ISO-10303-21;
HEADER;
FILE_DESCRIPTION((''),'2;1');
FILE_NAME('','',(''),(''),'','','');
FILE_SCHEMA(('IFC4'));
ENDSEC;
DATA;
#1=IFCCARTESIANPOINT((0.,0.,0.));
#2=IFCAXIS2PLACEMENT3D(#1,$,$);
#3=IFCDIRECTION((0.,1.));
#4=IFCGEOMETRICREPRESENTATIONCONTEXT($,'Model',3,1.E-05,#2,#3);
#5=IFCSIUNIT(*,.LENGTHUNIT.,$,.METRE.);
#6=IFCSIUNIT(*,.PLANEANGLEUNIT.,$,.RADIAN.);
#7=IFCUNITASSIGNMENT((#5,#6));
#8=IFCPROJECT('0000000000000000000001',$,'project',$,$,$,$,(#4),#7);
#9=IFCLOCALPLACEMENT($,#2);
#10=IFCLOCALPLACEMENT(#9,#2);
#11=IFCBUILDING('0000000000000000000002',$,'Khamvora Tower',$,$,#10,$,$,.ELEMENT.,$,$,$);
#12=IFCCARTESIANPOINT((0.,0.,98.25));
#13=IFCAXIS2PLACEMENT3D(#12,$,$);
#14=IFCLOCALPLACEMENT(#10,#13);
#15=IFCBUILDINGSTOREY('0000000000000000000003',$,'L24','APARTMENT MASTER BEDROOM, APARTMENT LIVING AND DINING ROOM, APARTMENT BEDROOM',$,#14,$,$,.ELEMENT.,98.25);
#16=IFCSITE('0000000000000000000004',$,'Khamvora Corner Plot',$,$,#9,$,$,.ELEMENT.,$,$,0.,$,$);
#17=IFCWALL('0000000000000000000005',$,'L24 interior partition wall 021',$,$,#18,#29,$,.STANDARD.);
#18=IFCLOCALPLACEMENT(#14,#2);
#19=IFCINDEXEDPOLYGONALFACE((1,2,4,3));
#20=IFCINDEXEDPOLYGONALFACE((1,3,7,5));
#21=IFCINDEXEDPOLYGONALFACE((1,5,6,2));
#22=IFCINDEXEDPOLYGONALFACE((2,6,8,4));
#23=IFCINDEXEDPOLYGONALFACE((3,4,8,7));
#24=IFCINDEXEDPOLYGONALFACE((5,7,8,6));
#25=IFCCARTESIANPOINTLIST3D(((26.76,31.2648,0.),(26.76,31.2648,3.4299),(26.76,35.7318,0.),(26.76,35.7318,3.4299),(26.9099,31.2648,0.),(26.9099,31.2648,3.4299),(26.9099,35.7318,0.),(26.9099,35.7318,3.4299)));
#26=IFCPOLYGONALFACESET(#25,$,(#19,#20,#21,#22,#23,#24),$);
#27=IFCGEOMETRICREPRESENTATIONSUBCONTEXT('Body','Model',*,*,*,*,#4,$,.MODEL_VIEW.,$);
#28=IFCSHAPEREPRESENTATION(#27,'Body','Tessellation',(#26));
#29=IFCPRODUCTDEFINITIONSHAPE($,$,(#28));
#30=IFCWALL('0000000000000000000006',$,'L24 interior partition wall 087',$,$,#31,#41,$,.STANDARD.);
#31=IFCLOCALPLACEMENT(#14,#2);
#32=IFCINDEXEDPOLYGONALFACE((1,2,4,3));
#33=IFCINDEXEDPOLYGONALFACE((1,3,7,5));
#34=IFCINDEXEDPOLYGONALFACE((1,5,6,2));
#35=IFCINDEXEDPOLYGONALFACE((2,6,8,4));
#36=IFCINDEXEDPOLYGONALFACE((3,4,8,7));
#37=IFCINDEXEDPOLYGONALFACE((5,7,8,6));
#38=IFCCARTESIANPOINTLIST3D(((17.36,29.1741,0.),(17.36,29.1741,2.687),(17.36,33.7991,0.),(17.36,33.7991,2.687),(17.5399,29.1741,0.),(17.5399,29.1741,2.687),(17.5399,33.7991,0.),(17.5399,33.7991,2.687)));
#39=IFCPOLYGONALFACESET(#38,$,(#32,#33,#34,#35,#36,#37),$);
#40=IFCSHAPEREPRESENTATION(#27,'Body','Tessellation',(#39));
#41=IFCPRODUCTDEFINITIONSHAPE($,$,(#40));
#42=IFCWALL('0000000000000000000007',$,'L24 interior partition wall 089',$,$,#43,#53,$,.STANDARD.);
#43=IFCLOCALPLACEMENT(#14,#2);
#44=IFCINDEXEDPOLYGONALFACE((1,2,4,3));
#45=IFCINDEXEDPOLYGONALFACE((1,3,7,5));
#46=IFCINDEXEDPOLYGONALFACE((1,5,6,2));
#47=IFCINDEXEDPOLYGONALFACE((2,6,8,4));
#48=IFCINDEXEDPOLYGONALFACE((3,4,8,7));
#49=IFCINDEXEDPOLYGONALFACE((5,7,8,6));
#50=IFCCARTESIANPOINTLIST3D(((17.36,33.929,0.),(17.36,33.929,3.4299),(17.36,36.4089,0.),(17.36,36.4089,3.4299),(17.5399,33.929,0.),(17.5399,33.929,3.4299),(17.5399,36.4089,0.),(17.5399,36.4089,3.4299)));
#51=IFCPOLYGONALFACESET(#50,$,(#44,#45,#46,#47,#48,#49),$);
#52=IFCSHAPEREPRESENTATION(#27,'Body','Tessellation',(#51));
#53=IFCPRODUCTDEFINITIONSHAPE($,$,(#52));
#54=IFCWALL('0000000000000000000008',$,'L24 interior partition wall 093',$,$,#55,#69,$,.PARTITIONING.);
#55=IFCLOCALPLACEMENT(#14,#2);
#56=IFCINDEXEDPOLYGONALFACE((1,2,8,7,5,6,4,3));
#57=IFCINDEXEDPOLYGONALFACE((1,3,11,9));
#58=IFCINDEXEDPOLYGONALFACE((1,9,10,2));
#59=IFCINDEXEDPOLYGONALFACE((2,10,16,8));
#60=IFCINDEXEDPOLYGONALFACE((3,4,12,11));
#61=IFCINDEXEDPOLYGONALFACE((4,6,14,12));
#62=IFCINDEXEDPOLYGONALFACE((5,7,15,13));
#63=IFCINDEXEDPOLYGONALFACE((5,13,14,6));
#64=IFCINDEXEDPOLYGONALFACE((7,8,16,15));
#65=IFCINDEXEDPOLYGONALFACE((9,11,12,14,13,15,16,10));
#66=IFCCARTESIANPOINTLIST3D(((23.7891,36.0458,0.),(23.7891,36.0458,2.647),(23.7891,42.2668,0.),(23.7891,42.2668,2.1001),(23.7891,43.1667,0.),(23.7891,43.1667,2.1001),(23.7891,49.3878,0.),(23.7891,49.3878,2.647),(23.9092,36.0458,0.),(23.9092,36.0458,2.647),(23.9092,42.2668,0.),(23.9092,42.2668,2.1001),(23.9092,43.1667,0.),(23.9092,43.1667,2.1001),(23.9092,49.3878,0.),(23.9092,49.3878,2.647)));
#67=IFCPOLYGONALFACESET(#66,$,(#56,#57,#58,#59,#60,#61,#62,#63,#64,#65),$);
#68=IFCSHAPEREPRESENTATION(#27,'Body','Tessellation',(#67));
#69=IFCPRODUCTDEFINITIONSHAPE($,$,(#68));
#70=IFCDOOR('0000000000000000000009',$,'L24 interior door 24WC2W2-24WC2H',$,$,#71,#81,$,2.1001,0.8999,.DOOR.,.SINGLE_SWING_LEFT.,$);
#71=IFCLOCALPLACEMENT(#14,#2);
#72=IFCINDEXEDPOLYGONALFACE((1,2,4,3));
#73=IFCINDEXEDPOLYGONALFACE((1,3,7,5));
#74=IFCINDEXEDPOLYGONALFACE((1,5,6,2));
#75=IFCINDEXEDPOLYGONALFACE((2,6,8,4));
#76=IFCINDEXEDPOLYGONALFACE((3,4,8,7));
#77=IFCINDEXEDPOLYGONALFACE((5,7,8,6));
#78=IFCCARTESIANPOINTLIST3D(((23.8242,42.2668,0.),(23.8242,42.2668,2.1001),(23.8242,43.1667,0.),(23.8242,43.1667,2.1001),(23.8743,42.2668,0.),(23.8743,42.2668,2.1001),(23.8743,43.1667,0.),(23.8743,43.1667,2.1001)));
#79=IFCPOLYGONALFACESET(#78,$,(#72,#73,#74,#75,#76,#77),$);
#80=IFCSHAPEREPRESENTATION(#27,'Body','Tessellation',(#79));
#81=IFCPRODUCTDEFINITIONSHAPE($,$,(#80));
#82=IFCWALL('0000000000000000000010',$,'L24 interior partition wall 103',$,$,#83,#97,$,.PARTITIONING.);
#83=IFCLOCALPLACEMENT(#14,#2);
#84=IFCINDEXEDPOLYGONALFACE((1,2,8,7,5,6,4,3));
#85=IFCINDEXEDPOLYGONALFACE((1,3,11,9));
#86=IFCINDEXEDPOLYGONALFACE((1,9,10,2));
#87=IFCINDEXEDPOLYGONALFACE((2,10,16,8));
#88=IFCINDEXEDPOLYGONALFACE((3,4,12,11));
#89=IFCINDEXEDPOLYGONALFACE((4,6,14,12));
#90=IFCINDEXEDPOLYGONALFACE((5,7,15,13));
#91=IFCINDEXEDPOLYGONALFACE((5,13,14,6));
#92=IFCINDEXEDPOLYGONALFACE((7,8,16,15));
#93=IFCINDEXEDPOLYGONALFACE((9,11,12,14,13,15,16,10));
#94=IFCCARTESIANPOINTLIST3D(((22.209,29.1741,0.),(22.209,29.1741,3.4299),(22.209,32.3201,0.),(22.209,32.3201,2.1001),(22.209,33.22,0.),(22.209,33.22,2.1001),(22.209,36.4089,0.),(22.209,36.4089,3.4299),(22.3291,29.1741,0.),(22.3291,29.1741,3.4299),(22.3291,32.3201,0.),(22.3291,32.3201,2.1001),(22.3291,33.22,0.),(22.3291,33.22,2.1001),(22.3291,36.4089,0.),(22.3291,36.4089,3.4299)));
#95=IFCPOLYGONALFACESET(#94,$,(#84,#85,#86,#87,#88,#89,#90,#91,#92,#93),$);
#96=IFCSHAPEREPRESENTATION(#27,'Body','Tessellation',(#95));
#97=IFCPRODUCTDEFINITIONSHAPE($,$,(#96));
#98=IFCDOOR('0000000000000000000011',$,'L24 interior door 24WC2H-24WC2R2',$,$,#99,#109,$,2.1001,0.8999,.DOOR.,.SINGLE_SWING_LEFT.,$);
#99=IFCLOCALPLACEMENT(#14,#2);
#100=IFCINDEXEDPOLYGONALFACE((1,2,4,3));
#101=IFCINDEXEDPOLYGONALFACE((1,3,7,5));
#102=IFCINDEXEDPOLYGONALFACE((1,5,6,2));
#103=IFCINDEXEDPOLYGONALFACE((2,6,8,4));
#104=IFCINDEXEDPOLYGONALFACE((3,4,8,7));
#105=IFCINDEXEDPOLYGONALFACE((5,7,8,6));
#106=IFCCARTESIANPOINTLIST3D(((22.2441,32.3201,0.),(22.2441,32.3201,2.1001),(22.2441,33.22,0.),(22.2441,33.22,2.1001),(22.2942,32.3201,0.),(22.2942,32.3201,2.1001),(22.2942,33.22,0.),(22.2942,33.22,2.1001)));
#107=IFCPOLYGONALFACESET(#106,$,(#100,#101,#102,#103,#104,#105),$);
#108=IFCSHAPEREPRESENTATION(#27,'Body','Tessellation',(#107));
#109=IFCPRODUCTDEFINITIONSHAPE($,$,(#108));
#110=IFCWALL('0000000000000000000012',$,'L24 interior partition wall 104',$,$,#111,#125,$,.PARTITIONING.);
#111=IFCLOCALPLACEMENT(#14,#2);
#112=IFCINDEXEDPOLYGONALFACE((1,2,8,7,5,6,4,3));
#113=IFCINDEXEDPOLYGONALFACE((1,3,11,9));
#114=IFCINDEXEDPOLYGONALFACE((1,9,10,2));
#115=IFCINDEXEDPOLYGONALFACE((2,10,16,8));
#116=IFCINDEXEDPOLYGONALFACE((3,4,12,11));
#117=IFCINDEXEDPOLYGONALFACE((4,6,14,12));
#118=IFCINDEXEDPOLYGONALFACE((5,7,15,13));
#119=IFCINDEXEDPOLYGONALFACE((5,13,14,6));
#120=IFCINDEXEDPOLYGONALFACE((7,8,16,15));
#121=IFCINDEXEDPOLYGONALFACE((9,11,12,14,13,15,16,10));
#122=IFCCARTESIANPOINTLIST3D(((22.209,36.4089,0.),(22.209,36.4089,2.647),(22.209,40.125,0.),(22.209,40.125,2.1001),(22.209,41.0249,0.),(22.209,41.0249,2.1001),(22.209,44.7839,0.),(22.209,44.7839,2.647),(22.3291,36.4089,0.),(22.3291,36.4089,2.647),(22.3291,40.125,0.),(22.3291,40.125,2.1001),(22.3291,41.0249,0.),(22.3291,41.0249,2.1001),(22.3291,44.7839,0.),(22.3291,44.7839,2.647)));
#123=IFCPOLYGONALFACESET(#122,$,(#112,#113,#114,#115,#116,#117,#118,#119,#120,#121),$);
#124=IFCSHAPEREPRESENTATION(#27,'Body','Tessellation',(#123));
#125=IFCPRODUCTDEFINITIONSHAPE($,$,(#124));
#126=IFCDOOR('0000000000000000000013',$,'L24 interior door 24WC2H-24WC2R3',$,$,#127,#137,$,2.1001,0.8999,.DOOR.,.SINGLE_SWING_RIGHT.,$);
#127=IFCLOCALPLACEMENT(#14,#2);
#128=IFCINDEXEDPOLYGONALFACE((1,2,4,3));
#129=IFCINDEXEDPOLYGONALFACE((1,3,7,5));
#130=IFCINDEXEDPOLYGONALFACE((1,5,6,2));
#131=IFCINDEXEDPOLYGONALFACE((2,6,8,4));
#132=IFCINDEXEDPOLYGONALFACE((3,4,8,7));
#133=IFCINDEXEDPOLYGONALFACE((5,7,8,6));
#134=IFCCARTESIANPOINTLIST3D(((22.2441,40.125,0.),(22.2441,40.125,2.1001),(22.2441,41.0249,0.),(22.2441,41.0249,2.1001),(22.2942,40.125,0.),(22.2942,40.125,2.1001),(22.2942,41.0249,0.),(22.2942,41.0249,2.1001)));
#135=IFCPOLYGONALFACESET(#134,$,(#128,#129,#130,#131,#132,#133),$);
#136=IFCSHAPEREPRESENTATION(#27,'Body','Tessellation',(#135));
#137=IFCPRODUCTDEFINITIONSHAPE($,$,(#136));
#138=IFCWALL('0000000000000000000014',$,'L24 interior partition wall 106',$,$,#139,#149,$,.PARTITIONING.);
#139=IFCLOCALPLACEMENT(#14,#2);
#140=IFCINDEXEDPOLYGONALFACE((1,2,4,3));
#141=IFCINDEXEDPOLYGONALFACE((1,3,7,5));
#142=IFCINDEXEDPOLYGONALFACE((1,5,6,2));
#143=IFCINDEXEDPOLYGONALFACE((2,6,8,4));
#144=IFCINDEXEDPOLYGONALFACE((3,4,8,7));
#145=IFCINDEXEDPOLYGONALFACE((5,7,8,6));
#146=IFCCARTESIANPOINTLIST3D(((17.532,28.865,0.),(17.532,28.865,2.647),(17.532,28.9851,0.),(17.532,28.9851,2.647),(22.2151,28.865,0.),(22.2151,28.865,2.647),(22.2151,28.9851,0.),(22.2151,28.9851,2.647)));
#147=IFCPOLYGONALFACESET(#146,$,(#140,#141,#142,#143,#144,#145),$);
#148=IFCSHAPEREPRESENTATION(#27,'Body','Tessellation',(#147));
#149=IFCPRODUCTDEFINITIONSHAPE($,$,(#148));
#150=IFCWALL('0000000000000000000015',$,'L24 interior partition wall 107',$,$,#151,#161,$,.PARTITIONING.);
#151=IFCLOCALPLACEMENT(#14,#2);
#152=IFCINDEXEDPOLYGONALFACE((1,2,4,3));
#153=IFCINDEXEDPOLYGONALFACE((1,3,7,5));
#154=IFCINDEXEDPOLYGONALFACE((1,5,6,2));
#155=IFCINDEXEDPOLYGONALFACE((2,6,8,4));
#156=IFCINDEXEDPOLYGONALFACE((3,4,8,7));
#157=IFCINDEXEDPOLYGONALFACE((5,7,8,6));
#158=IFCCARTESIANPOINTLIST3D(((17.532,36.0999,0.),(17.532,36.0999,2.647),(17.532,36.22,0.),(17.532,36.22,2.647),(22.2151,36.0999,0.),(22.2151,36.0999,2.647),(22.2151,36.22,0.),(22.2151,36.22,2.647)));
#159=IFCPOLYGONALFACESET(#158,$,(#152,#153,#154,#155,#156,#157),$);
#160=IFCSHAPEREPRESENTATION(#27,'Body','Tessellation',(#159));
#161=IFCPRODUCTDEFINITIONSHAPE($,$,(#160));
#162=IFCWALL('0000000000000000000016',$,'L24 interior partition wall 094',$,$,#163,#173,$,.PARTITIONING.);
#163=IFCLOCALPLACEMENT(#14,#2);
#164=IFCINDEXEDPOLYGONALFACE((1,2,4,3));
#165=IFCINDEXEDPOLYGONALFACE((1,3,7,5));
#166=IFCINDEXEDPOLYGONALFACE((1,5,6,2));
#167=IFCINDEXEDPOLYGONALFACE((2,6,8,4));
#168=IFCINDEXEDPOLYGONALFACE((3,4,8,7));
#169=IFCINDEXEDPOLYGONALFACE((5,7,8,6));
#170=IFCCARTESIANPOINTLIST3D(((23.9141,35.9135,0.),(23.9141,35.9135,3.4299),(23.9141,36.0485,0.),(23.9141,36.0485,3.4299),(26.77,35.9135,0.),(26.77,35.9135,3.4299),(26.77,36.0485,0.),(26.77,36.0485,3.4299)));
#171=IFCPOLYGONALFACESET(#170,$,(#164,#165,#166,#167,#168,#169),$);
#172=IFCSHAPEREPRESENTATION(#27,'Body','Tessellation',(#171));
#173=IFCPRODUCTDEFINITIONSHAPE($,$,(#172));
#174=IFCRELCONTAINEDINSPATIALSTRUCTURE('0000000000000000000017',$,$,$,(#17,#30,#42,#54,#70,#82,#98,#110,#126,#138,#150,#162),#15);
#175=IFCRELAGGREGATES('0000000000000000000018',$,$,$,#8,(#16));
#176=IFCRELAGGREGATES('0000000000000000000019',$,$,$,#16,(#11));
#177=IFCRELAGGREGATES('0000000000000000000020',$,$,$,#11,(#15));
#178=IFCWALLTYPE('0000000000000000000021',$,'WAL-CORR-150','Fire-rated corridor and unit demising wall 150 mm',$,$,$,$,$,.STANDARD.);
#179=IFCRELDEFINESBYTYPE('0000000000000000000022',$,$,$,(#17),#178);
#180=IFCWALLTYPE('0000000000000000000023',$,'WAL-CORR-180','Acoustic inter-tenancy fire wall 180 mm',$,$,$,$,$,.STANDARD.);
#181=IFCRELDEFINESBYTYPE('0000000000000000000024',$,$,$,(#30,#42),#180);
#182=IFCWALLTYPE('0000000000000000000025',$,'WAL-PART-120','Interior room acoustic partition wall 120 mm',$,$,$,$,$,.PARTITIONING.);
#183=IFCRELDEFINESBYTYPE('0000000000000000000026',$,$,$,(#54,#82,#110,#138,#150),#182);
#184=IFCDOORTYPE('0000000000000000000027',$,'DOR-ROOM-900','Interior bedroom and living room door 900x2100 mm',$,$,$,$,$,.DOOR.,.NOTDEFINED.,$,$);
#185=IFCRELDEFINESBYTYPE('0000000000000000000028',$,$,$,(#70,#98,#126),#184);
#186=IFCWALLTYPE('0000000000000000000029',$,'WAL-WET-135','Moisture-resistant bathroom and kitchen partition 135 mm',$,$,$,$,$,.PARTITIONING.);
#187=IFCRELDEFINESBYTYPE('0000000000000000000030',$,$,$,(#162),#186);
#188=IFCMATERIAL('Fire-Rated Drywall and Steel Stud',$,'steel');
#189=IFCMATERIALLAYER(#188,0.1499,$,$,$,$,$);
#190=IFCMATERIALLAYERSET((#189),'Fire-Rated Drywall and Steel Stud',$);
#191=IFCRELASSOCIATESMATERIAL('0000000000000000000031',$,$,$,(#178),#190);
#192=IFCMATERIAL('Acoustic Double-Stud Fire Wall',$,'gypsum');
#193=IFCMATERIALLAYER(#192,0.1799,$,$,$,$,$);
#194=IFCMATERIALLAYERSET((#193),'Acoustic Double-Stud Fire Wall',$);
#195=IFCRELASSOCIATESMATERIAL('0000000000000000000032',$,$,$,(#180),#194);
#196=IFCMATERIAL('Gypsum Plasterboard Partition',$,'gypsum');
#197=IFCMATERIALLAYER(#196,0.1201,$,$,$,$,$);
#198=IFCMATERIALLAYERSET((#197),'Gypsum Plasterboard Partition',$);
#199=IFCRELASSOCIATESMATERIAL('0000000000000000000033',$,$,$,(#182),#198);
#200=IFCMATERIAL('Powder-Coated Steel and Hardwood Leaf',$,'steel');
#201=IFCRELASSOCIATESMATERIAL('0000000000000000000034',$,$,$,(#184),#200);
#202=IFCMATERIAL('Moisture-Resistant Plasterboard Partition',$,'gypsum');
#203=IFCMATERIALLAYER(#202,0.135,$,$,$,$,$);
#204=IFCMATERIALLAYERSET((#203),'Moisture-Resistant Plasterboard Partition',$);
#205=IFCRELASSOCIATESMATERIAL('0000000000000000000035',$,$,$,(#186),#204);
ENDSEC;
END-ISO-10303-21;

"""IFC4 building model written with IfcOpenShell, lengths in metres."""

from ifc_helpers import new_model, si_unit, direction, frame, frame_2d, origin, place, context, subcontext, project, spatial, rectangle, extrude, material, layer, layer_set, type_object, element, fill, save


model = new_model("IFC4")

# Units and contexts
model_context = context("Model", 3, precision=1e-05, world=origin(), true_north=direction((0.0, 1.0)))
body_context = subcontext(model_context, "Body", "Model", "MODEL_VIEW")
ifc_project = project(units=[si_unit("LENGTHUNIT", "METRE"), si_unit("PLANEANGLEUNIT", "RADIAN")], contexts=[model_context])

# Site, building, storey
site_placement = place(None, origin())
site = spatial("IfcSite", under=ifc_project, at=site_placement, Name="Khamvora Corner Plot", CompositionType="ELEMENT", RefElevation=0.0)
building_placement = place(site_placement, origin())
building = spatial("IfcBuilding", under=site, at=building_placement, Name="Khamvora Tower", CompositionType="ELEMENT")
storey_placement = place(building_placement, frame((0.0, 0.0, 98.25)))
storey = spatial("IfcBuildingStorey", under=building, at=storey_placement, Name="L24", Description="APARTMENT MASTER BEDROOM, APARTMENT LIVING AND DINING ROOM, APARTMENT BEDROOM", CompositionType="ELEMENT", Elevation=98.25)

# Shared definitions
ifc_material_1 = material(Name="Fire-Rated Drywall and Steel Stud", Category="steel")
ifc_layer_1 = layer(ifc_material_1, 0.1499)
ifc_layer_set_1 = layer_set([ifc_layer_1], Name="Fire-Rated Drywall and Steel Stud")
wall_type_1 = type_object("IfcWallType", Name="WAL-CORR-150", Description="Fire-rated corridor and unit demising wall 150 mm", PredefinedType="STANDARD", material=ifc_layer_set_1)

# Shared definitions
ifc_material_2 = material(Name="Powder-Coated Steel and Hardwood Leaf", Category="steel")

# Walls
wall_1_placement = place(storey_placement, frame((26.835, 31.2649, 0.0), z_axis=(0.0, 0.0, 1.0), x_axis=(0.0, 1.0, 0.0)))
element("IfcWall", 1, at=wall_1_placement, inside=storey, type_object=wall_type_1, Name="L24 interior partition wall 021", PredefinedType="STANDARD", context=body_context, shape_type="SweptSolid", body=[
    extrude(rectangle(XDim=4.467, YDim=0.1499, at=frame_2d((2.2334, 0.0))), origin(), (0.0, 0.0, 1.0), 3.4299),
])
ifc_material_3 = material(Name="Acoustic Double-Stud Fire Wall", Category="gypsum")
ifc_layer_2 = layer(ifc_material_3, 0.1799)
ifc_layer_set_2 = layer_set([ifc_layer_2], Name="Acoustic Double-Stud Fire Wall")
wall_type_2 = type_object("IfcWallType", Name="WAL-CORR-180", Description="Acoustic inter-tenancy fire wall 180 mm", PredefinedType="STANDARD", material=ifc_layer_set_2)
wall_2_placement = place(storey_placement, frame((17.45, 33.7991, 0.0), z_axis=(0.0, 0.0, 1.0), x_axis=(0.0, -1.0, 0.0)))
element("IfcWall", 2, at=wall_2_placement, inside=storey, type_object=wall_type_2, Name="L24 interior partition wall 087", PredefinedType="STANDARD", context=body_context, shape_type="SweptSolid", body=[
    extrude(rectangle(XDim=4.625, YDim=0.1799, at=frame_2d((2.3125, 0.0))), origin(), (0.0, 0.0, 1.0), 2.687),
])
wall_3_placement = place(storey_placement, frame((17.45, 36.4089, 0.0), z_axis=(0.0, 0.0, 1.0), x_axis=(0.0, -1.0, 0.0)))
element("IfcWall", 3, at=wall_3_placement, inside=storey, type_object=wall_type_2, Name="L24 interior partition wall 089", PredefinedType="STANDARD", context=body_context, shape_type="SweptSolid", body=[
    extrude(rectangle(XDim=2.48, YDim=0.1799, at=frame_2d((1.24, 0.0))), origin(), (0.0, 0.0, 1.0), 3.4299),
])

# Walls, openings, doors
ifc_material_4 = material(Name="Gypsum Plasterboard Partition", Category="gypsum")
ifc_layer_3 = layer(ifc_material_4, 0.1201)
ifc_layer_set_3 = layer_set([ifc_layer_3], Name="Gypsum Plasterboard Partition")
wall_type_3 = type_object("IfcWallType", Name="WAL-PART-120", Description="Interior room acoustic partition wall 120 mm", PredefinedType="PARTITIONING", material=ifc_layer_set_3)
wall_4_placement = place(storey_placement, frame((23.8491, 36.0459, 0.0), z_axis=(0.0, 0.0, 1.0), x_axis=(0.0, 1.0, 0.0)))
wall_4 = element("IfcWall", 4, at=wall_4_placement, inside=storey, type_object=wall_type_3, Name="L24 interior partition wall 093", PredefinedType="PARTITIONING", context=body_context, shape_type="SweptSolid", body=[
    extrude(rectangle(XDim=13.342, YDim=0.1201, at=frame_2d((6.6709, 0.0))), origin(), (0.0, 0.0, 1.0), 2.647),
])
opening_1_placement = place(wall_4_placement, frame((6.2209, 0.0, 0.0)))
opening_1 = element("IfcOpeningElement", 5, at=opening_1_placement, cuts=wall_4, PredefinedType="OPENING", context=body_context, shape_type="SweptSolid", body=[
    extrude(rectangle(XDim=0.8999, YDim=2.1001, at=frame_2d((0.45, 1.05))), frame((0.0, 0.0701, 0.0), z_axis=(0.0, -1.0, 0.0), x_axis=(1.0, 0.0, 0.0)), (0.0, 0.0, 1.0), 0.1401),
])
door_type_1 = type_object("IfcDoorType", Name="DOR-ROOM-900", Description="Interior bedroom and living room door 900x2100 mm", OperationType="NOTDEFINED", PredefinedType="DOOR", material=ifc_material_2)
door_1_placement = place(opening_1_placement, origin())
door_1 = element("IfcDoor", 6, at=door_1_placement, inside=storey, type_object=door_type_1, Name="L24 interior door 24WC2W2-24WC2H", OperationType="SINGLE_SWING_LEFT", OverallHeight=2.1001, OverallWidth=0.8999, PredefinedType="DOOR", context=body_context, shape_type="SweptSolid", body=[
    extrude(rectangle(XDim=0.8999, YDim=2.1001, at=frame_2d((0.45, 1.05))), frame((0.0, 0.0249, 0.0), z_axis=(0.0, -1.0, 0.0), x_axis=(1.0, 0.0, 0.0)), (0.0, 0.0, 1.0), 0.05),
])
fill(opening_1, door_1)
wall_5_placement = place(storey_placement, frame((22.269, 29.1741, 0.0), z_axis=(0.0, 0.0, 1.0), x_axis=(0.0, 1.0, 0.0)))
wall_5 = element("IfcWall", 7, at=wall_5_placement, inside=storey, type_object=wall_type_3, Name="L24 interior partition wall 103", PredefinedType="PARTITIONING", context=body_context, shape_type="SweptSolid", body=[
    extrude(rectangle(XDim=7.2349, YDim=0.1201, at=frame_2d((3.6174, 0.0))), origin(), (0.0, 0.0, 1.0), 3.4299),
])
opening_2_placement = place(wall_5_placement, frame((3.146, 0.0, 0.0)))
opening_2 = element("IfcOpeningElement", 8, at=opening_2_placement, cuts=wall_5, PredefinedType="OPENING", context=body_context, shape_type="SweptSolid", body=[
    extrude(rectangle(XDim=0.8999, YDim=2.1001, at=frame_2d((0.45, 1.05))), frame((0.0, 0.0701, 0.0), z_axis=(0.0, -1.0, 0.0), x_axis=(1.0, 0.0, 0.0)), (0.0, 0.0, 1.0), 0.1401),
])
door_2_placement = place(opening_2_placement, origin())
door_2 = element("IfcDoor", 9, at=door_2_placement, inside=storey, type_object=door_type_1, Name="L24 interior door 24WC2H-24WC2R2", OperationType="SINGLE_SWING_LEFT", OverallHeight=2.1001, OverallWidth=0.8999, PredefinedType="DOOR", context=body_context, shape_type="SweptSolid", body=[
    extrude(rectangle(XDim=0.8999, YDim=2.1001, at=frame_2d((0.45, 1.05))), frame((0.0, 0.0249, 0.0), z_axis=(0.0, -1.0, 0.0), x_axis=(1.0, 0.0, 0.0)), (0.0, 0.0, 1.0), 0.05),
])
fill(opening_2, door_2)
wall_6_placement = place(storey_placement, frame((22.269, 36.4089, 0.0), z_axis=(0.0, 0.0, 1.0), x_axis=(0.0, 1.0, 0.0)))
wall_6 = element("IfcWall", 10, at=wall_6_placement, inside=storey, type_object=wall_type_3, Name="L24 interior partition wall 104", PredefinedType="PARTITIONING", context=body_context, shape_type="SweptSolid", body=[
    extrude(rectangle(XDim=8.375, YDim=0.1201, at=frame_2d((4.1875, 0.0))), origin(), (0.0, 0.0, 1.0), 2.647),
])
opening_3_placement = place(wall_6_placement, frame((3.7161, 0.0, 0.0)))
opening_3 = element("IfcOpeningElement", 11, at=opening_3_placement, cuts=wall_6, PredefinedType="OPENING", context=body_context, shape_type="SweptSolid", body=[
    extrude(rectangle(XDim=0.8999, YDim=2.1001, at=frame_2d((0.45, 1.05))), frame((0.0, 0.0701, 0.0), z_axis=(0.0, -1.0, 0.0), x_axis=(1.0, 0.0, 0.0)), (0.0, 0.0, 1.0), 0.1401),
])
door_3_placement = place(opening_3_placement, origin())
door_3 = element("IfcDoor", 12, at=door_3_placement, inside=storey, type_object=door_type_1, Name="L24 interior door 24WC2H-24WC2R3", OperationType="SINGLE_SWING_RIGHT", OverallHeight=2.1001, OverallWidth=0.8999, PredefinedType="DOOR", context=body_context, shape_type="SweptSolid", body=[
    extrude(rectangle(XDim=0.8999, YDim=2.1001, at=frame_2d((0.45, 1.05))), frame((0.0, 0.0249, 0.0), z_axis=(0.0, -1.0, 0.0), x_axis=(1.0, 0.0, 0.0)), (0.0, 0.0, 1.0), 0.05),
])
fill(opening_3, door_3)

# Walls
for number, where, z_axis, x_axis, name in (
    (13, (17.532, 28.925, 0.0), (0.0, 0.0, 1.0), (1.0, 0.0, 0.0), "L24 interior partition wall 106"),
    (14, (17.532, 36.1599, 0.0), (0.0, 0.0, 1.0), (1.0, 0.0, 0.0), "L24 interior partition wall 107"),
):
    element("IfcWall", number, at=place(storey_placement, frame(where, z_axis=z_axis, x_axis=x_axis)), inside=storey, type_object=wall_type_3, Name=name, PredefinedType="PARTITIONING", context=body_context, shape_type="SweptSolid", body=[
        extrude(rectangle(XDim=4.6831, YDim=0.1201, at=frame_2d((2.3416, 0.0))), origin(), (0.0, 0.0, 1.0), 2.647),
    ])
ifc_material_5 = material(Name="Moisture-Resistant Plasterboard Partition", Category="gypsum")
ifc_layer_4 = layer(ifc_material_5, 0.135)
ifc_layer_set_4 = layer_set([ifc_layer_4], Name="Moisture-Resistant Plasterboard Partition")
wall_type_4 = type_object("IfcWallType", Name="WAL-WET-135", Description="Moisture-resistant bathroom and kitchen partition 135 mm", PredefinedType="PARTITIONING", material=ifc_layer_set_4)
wall_7_placement = place(storey_placement, frame((26.77, 35.981, 0.0), z_axis=(0.0, 0.0, 1.0), x_axis=(-1.0, 0.0, 0.0)))
element("IfcWall", 15, at=wall_7_placement, inside=storey, type_object=wall_type_4, Name="L24 interior partition wall 094", PredefinedType="PARTITIONING", context=body_context, shape_type="SweptSolid", body=[
    extrude(rectangle(XDim=2.856, YDim=0.135, at=frame_2d((1.428, 0.0))), origin(), (0.0, 0.0, 1.0), 3.4299),
])

save(model, "model.ifc")
